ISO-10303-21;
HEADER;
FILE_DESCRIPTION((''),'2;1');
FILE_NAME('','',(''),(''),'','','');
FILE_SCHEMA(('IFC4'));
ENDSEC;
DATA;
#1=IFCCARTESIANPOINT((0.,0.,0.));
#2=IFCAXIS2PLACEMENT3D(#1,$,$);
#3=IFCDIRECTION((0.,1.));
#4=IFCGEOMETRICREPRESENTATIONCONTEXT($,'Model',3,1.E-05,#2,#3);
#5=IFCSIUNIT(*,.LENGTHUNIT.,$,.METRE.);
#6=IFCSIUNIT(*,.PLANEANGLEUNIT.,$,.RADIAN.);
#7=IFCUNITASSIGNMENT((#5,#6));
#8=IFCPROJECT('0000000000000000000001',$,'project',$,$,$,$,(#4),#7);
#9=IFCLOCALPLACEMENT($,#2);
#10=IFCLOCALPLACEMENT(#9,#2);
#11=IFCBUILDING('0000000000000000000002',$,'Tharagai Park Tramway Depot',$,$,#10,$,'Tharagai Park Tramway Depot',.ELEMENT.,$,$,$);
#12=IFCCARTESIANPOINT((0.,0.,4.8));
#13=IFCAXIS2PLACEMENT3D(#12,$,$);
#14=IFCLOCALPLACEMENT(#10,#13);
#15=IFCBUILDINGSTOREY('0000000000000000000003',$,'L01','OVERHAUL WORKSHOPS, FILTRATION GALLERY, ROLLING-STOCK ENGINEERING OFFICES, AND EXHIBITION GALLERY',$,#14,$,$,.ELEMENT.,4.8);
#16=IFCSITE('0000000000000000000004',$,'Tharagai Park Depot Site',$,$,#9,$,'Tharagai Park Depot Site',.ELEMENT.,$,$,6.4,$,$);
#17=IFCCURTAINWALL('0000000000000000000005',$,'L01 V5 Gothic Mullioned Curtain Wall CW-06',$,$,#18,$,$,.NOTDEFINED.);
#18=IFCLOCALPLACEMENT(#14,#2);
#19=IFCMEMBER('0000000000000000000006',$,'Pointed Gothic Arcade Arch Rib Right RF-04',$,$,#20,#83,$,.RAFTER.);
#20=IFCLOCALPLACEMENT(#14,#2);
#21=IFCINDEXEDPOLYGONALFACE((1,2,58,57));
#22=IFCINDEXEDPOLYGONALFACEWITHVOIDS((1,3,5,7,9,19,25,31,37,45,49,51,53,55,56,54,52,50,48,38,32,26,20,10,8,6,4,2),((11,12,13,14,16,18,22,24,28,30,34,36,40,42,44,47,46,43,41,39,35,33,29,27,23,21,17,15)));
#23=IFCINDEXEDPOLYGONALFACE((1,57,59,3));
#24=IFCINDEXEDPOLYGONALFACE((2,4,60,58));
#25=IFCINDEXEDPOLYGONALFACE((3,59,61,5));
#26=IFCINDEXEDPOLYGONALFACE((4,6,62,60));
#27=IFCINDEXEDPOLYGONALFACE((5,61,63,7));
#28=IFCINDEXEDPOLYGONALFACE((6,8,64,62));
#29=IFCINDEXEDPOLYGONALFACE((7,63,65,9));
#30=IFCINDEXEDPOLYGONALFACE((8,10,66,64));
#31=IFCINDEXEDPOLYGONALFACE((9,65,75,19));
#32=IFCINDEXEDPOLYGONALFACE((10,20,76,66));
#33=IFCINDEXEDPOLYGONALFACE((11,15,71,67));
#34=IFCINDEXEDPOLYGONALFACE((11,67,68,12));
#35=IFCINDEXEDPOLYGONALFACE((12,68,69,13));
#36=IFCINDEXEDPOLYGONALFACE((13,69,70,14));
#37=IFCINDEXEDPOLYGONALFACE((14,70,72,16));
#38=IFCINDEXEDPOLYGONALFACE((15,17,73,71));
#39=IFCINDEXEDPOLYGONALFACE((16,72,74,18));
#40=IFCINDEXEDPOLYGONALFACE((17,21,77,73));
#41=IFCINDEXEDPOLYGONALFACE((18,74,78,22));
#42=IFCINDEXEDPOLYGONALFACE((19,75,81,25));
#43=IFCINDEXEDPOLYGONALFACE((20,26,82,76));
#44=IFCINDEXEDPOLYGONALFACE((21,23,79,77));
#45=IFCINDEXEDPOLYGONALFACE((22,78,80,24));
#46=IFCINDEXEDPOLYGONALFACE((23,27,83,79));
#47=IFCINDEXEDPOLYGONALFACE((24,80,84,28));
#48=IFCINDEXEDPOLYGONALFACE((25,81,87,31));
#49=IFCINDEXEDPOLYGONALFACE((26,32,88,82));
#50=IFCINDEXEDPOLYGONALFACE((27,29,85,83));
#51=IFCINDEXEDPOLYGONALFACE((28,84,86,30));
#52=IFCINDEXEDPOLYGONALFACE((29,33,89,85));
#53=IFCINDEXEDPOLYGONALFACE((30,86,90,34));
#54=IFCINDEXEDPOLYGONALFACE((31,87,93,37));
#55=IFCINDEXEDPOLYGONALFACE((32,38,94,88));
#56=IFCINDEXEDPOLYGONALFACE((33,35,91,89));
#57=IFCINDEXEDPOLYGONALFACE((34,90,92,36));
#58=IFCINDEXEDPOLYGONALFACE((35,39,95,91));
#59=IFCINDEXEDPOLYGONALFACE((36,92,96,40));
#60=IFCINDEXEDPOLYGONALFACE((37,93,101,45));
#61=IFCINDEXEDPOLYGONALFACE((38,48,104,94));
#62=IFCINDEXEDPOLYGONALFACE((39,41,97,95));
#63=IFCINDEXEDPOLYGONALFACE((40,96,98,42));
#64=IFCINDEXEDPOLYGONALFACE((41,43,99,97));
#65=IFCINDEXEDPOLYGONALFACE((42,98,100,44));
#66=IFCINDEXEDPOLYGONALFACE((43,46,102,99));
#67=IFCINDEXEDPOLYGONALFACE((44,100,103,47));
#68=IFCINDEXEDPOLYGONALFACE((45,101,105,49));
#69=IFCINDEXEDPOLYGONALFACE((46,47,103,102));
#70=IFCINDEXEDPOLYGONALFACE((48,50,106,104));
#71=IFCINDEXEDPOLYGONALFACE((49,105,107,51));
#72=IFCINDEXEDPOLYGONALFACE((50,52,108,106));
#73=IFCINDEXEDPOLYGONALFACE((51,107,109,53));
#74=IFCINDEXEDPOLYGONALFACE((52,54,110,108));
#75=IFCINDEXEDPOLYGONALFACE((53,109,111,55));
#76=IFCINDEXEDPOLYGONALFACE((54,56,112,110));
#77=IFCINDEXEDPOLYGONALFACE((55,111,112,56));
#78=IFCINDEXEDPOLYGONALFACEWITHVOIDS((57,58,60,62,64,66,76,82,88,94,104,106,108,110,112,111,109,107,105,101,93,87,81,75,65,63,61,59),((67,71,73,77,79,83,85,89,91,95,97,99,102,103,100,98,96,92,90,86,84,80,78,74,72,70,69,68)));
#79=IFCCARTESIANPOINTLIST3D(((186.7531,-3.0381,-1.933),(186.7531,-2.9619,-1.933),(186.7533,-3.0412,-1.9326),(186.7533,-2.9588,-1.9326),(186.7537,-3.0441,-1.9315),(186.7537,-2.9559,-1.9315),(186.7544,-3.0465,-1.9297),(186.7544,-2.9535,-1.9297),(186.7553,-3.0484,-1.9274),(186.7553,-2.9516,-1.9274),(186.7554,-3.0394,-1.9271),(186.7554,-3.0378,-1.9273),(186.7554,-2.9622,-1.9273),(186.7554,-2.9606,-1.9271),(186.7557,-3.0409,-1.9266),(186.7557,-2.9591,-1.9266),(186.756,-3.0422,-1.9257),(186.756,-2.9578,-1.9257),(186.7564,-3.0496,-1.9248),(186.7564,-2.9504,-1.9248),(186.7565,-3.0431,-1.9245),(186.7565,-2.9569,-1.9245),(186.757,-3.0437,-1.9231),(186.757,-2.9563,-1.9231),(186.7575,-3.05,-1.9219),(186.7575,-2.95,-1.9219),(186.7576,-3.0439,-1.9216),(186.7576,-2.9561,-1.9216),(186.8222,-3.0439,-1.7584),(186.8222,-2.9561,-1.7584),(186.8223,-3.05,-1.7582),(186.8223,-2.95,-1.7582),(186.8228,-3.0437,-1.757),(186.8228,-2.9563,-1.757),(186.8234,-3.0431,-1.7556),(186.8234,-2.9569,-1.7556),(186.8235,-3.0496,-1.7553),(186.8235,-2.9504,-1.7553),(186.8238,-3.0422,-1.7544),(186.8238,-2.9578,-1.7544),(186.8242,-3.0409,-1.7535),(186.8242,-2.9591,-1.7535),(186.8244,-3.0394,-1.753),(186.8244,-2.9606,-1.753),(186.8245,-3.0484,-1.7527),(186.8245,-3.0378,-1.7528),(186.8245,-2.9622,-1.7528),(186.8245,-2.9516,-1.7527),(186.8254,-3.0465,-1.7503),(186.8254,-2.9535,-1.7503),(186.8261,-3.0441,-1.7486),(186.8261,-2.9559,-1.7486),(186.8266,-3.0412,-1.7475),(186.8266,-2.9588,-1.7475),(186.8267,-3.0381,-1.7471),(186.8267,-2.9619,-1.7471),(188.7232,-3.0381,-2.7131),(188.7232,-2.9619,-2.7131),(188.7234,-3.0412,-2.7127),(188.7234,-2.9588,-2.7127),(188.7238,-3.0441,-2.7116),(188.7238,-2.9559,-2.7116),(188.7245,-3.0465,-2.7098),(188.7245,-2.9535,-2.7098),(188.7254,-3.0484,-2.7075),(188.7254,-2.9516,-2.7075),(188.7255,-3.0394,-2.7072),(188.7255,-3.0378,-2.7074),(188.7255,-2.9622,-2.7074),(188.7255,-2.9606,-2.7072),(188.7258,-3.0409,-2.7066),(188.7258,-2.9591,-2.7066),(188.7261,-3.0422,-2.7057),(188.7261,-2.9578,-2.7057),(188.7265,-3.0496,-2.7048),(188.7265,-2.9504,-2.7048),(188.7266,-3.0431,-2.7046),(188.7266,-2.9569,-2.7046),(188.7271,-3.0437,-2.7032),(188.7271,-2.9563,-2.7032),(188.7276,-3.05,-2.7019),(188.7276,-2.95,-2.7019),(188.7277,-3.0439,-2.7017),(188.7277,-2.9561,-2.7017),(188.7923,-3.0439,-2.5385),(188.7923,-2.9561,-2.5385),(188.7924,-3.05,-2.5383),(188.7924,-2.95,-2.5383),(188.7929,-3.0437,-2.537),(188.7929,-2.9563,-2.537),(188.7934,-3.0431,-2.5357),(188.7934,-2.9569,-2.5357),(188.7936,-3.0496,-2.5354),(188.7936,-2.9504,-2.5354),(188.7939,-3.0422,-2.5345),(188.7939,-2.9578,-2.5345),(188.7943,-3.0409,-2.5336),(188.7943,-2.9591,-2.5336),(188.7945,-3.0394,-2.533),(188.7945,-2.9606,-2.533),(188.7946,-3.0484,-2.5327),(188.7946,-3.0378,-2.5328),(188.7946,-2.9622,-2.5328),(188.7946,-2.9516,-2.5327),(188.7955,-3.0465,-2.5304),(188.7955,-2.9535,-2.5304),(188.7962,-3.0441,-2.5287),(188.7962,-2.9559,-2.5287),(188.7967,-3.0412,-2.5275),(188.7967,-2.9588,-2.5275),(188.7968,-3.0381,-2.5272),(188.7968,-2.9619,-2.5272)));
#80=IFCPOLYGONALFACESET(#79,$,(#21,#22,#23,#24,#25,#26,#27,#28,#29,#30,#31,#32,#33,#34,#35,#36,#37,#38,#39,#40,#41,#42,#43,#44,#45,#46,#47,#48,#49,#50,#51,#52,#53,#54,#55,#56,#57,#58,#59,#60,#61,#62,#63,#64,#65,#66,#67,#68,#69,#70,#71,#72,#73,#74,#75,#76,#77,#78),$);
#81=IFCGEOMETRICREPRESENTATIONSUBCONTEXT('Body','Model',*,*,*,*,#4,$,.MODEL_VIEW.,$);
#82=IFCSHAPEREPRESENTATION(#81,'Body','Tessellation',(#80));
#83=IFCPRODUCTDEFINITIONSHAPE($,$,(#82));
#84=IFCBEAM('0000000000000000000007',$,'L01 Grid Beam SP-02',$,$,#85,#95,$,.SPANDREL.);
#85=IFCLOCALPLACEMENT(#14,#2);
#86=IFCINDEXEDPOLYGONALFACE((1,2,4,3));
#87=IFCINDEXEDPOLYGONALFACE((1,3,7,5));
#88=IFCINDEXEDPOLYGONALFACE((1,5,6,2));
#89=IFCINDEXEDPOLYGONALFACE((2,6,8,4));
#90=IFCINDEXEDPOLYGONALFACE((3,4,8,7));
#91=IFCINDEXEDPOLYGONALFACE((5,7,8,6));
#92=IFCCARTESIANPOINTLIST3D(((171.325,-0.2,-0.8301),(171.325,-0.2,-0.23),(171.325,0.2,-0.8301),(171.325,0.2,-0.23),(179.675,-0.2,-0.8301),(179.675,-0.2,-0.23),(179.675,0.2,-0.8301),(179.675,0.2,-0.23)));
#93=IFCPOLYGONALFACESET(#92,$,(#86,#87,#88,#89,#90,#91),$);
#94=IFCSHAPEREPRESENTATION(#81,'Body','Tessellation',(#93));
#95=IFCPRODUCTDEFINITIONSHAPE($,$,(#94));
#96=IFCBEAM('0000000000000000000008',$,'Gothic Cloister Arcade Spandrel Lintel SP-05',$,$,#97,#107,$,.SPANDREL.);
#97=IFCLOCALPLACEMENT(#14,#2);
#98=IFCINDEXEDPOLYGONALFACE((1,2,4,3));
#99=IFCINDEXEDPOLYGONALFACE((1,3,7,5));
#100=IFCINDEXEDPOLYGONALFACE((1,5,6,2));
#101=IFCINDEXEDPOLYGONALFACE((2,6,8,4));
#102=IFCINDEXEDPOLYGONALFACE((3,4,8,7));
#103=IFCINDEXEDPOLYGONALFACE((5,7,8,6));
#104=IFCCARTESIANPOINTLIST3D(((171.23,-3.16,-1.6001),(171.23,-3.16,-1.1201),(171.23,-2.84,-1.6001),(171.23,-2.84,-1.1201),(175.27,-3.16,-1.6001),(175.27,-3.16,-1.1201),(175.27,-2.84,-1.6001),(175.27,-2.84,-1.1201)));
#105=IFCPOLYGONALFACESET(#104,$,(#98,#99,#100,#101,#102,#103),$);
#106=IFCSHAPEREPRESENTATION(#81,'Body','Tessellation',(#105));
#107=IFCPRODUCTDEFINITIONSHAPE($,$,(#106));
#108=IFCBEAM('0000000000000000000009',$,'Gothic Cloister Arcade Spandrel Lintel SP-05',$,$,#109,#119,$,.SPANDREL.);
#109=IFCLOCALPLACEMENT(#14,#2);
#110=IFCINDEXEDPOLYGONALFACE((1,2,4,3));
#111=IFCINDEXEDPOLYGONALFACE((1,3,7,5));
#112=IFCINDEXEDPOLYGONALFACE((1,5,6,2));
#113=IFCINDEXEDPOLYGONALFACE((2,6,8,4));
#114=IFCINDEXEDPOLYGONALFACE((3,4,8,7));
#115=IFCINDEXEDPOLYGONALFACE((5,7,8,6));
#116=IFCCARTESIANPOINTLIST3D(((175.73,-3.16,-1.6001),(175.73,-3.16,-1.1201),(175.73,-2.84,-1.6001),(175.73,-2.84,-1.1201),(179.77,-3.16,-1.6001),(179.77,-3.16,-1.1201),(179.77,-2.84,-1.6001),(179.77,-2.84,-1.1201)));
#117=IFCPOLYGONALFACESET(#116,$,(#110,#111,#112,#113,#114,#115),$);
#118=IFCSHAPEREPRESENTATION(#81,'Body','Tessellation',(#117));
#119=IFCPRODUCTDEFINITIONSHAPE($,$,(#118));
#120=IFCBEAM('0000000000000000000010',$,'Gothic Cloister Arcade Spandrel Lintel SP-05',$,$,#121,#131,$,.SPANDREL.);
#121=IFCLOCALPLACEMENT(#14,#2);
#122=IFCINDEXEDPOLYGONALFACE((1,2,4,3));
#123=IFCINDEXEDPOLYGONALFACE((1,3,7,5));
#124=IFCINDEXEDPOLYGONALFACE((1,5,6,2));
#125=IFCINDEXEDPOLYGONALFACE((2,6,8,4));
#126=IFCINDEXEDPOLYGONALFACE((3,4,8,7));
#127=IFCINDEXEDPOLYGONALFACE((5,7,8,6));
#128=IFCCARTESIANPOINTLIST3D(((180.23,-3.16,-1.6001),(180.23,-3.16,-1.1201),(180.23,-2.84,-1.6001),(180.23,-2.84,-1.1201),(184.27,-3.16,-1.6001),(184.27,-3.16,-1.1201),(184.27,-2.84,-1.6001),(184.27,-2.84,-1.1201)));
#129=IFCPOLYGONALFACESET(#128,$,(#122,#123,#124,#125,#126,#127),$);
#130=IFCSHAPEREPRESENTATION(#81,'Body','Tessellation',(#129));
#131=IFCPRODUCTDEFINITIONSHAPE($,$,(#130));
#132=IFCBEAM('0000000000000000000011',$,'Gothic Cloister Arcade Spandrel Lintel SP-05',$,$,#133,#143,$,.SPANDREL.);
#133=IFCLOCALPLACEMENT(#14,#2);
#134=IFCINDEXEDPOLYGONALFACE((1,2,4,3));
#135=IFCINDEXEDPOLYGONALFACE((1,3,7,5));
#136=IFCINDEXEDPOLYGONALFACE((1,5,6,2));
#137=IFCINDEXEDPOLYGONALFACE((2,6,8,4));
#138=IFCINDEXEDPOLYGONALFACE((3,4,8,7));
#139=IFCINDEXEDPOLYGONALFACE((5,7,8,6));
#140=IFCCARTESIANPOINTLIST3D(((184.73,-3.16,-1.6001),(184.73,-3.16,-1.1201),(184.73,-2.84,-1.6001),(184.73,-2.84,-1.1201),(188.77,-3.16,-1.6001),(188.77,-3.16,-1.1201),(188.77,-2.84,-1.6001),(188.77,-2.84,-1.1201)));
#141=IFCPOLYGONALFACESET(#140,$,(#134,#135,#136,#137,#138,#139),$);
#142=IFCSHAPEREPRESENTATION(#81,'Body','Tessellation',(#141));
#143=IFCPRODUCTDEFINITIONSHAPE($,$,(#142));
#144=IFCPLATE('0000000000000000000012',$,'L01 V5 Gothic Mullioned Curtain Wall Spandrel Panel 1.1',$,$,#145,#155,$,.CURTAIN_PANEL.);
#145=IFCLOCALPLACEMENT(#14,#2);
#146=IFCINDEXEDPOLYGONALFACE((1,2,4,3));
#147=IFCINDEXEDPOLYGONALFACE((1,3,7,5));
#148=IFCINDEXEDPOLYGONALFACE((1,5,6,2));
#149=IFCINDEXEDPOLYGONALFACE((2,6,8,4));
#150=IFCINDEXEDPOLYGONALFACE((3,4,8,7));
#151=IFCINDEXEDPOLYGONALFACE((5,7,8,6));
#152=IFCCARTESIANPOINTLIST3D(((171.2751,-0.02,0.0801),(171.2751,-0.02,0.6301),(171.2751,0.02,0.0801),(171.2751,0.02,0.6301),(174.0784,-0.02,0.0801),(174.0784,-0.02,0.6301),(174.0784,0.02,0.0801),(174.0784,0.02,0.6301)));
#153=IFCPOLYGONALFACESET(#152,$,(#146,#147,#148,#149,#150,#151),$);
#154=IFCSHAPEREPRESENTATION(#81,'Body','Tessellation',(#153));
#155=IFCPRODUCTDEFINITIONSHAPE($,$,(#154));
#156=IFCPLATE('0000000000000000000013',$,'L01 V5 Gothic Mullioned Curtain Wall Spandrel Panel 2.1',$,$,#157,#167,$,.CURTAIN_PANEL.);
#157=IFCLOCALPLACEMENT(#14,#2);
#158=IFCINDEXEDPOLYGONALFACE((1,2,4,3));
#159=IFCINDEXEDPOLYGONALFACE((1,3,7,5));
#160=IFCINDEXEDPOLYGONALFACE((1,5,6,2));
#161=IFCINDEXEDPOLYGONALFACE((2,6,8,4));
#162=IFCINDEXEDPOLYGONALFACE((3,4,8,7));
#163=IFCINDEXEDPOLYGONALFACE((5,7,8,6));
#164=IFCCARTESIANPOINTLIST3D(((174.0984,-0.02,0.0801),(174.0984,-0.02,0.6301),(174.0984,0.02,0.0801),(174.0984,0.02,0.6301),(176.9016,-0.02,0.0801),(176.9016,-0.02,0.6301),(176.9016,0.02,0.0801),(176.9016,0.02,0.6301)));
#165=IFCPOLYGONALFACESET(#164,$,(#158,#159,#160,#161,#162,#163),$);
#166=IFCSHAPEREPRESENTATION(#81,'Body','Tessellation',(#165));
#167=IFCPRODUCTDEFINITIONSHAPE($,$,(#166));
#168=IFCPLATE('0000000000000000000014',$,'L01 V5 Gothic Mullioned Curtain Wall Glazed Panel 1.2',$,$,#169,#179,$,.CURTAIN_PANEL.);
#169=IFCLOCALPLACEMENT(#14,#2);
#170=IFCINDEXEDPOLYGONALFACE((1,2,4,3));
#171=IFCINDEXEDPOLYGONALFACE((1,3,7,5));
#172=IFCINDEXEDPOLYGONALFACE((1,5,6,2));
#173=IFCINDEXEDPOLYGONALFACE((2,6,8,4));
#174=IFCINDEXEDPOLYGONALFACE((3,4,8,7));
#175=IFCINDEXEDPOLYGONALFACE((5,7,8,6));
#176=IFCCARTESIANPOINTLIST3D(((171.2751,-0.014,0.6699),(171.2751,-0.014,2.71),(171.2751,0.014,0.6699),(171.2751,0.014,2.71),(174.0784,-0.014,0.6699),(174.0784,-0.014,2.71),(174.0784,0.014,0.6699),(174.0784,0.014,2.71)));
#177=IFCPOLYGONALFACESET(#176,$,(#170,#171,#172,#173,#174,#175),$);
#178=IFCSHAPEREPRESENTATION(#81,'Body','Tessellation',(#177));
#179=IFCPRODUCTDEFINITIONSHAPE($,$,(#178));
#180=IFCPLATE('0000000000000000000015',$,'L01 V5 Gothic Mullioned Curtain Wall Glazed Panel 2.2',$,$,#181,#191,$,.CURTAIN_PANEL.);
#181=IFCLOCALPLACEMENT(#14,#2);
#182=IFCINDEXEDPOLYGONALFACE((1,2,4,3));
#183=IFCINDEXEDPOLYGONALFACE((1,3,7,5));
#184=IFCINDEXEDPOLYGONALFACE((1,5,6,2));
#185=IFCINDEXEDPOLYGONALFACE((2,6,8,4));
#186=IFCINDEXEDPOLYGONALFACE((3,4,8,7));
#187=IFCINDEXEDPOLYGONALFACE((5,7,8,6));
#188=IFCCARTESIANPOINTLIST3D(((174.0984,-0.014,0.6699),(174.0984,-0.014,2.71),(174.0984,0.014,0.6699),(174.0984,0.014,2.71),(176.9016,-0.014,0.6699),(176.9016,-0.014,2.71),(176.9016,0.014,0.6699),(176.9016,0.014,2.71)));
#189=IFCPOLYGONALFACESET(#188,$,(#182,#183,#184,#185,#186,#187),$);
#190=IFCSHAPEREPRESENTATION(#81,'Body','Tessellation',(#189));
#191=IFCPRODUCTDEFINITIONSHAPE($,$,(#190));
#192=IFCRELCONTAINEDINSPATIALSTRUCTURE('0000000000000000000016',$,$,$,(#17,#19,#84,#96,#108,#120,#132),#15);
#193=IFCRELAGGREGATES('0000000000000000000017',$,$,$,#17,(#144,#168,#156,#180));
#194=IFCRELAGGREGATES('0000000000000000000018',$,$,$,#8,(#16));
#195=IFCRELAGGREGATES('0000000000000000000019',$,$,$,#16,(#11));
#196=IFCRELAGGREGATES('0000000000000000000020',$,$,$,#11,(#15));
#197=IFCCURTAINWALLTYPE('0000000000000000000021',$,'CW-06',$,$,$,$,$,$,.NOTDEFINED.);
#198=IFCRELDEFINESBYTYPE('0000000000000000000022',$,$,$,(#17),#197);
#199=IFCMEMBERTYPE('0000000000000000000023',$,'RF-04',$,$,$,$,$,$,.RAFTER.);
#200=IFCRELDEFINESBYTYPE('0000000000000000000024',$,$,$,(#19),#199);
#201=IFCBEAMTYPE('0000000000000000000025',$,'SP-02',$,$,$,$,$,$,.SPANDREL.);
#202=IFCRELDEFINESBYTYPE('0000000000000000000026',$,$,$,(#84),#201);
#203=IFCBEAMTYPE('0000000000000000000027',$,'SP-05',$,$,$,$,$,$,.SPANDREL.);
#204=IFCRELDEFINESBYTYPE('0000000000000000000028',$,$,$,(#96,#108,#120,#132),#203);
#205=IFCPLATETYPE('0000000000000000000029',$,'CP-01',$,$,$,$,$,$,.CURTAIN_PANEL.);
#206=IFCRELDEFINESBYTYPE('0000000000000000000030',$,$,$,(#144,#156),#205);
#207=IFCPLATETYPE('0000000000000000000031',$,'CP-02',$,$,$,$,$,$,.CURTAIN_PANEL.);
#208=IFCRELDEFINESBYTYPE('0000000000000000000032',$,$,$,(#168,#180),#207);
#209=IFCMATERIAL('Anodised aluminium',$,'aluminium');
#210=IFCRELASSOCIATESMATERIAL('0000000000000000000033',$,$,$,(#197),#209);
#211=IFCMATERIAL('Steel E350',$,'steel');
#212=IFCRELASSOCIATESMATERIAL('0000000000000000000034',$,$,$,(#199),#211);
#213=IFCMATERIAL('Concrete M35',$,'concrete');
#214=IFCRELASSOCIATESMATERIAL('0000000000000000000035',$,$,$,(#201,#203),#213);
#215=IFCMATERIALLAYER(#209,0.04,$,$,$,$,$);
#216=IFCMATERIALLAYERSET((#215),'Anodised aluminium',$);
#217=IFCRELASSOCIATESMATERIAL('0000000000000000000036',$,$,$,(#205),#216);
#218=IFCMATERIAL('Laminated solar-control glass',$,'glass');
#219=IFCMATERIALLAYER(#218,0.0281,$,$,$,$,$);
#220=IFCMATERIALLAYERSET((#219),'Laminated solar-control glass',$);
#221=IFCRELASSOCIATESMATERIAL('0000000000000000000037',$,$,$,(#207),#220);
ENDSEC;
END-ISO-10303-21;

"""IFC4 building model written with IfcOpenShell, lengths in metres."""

from ifc_helpers import new_model, si_unit, direction, frame, origin, origin_2d, place, context, subcontext, project, spatial, rectangle, hollow_rectangle, extrude, material, layer, layer_set, material_profile, profile_set, type_object, element, aggregate, save


model = new_model("IFC4")

# Units and contexts
model_context = context("Model", 3, precision=1e-05, world=origin(), true_north=direction((0.0, 1.0)))
body_context = subcontext(model_context, "Body", "Model", "MODEL_VIEW")
ifc_project = project(units=[si_unit("LENGTHUNIT", "METRE"), si_unit("PLANEANGLEUNIT", "RADIAN")], contexts=[model_context])

# Site, building, storey
site_placement = place(None, origin())
site = spatial("IfcSite", under=ifc_project, at=site_placement, Name="Tharagai Park Depot Site", LongName="Tharagai Park Depot Site", CompositionType="ELEMENT", RefElevation=6.4)
building_placement = place(site_placement, origin())
building = spatial("IfcBuilding", under=site, at=building_placement, Name="Tharagai Park Tramway Depot", LongName="Tharagai Park Tramway Depot", CompositionType="ELEMENT")
storey_placement = place(building_placement, frame((0.0, 0.0, 4.8)))
storey = spatial("IfcBuildingStorey", under=building, at=storey_placement, Name="L01", Description="OVERHAUL WORKSHOPS, FILTRATION GALLERY, ROLLING-STOCK ENGINEERING OFFICES, AND EXHIBITION GALLERY", CompositionType="ELEMENT", Elevation=4.8)

# Shared definitions
ifc_material_1 = material(Name="Concrete M35", Category="concrete")

# Curtain wall
ifc_material_2 = material(Name="Anodised aluminium", Category="aluminium")
curtain_wall_type = type_object("IfcCurtainWallType", Name="CW-06", PredefinedType="NOTDEFINED", material=ifc_material_2)
curtain_wall_placement = place(storey_placement, origin())
curtain_wall = element("IfcCurtainWall", 1, at=curtain_wall_placement, inside=storey, type_object=curtain_wall_type, Name="L01 V5 Gothic Mullioned Curtain Wall CW-06", PredefinedType="NOTDEFINED")

# Member
ifc_material_3 = material(Name="Steel E350", Category="steel")
ifc_material_profile_1 = material_profile(ifc_material_3, hollow_rectangle(XDim=0.1001, YDim=0.2, WallThickness=0.0061, InnerFilletRadius=0.0061, OuterFilletRadius=0.012, at=origin_2d()), Name="RHS 200x100x6")
ifc_profile_set_1 = profile_set([ifc_material_profile_1], Name="Steel E350")
member_type_1 = type_object("IfcMemberType", Name="RF-04", PredefinedType="RAFTER", material=ifc_profile_set_1)
for number, where, z_axis, x_axis, name in (
    (2, (188.76, -3.0, -2.6201), (-0.929766, 0.0, 0.36815), (0.0, -1.0, 0.0), "Pointed Gothic Arcade Arch Rib Right RF-04"),
):
    element("IfcMember", number, at=place(storey_placement, frame(where, z_axis=z_axis, x_axis=x_axis)), inside=storey, type_object=member_type_1, Name=name, PredefinedType="RAFTER", context=body_context, shape_type="SweptSolid", body=[
        extrude(hollow_rectangle(XDim=0.1001, YDim=0.2, WallThickness=0.0061, InnerFilletRadius=0.0061, OuterFilletRadius=0.012, at=origin_2d()), origin(), (0.0, 0.0, 1.0), 2.1189),
    ])

# Beams
ifc_material_profile_2 = material_profile(ifc_material_1, rectangle(XDim=0.3999, YDim=0.6001, at=origin_2d()), Name="RC 400x600")
ifc_profile_set_2 = profile_set([ifc_material_profile_2], Name="Concrete M35")
beam_type_1 = type_object("IfcBeamType", Name="SP-02", PredefinedType="SPANDREL", material=ifc_profile_set_2)
beam_placement = place(storey_placement, frame((171.325, 0.0, -0.53), z_axis=(1.0, 0.0, 0.0), x_axis=(0.0, 1.0, 0.0)))
element("IfcBeam", 3, at=beam_placement, inside=storey, type_object=beam_type_1, Name="L01 Grid Beam SP-02", PredefinedType="SPANDREL", context=body_context, shape_type="SweptSolid", body=[
    extrude(rectangle(XDim=0.3999, YDim=0.6001, at=origin_2d()), origin(), (0.0, 0.0, 1.0), 8.3501),
])
ifc_material_profile_3 = material_profile(ifc_material_1, rectangle(XDim=0.3201, YDim=0.48, at=origin_2d()), Name="RC 320x480")
ifc_profile_set_3 = profile_set([ifc_material_profile_3], Name="Concrete M35")
beam_type_2 = type_object("IfcBeamType", Name="SP-05", PredefinedType="SPANDREL", material=ifc_profile_set_3)
for number, where, z_axis, x_axis, name in (
    (4, (171.23, -3.0, -1.3601), (1.0, 0.0, 0.0), (0.0, 1.0, 0.0), "Gothic Cloister Arcade Spandrel Lintel SP-05"),
    (5, (175.73, -3.0, -1.3601), (1.0, 0.0, 0.0), (0.0, 1.0, 0.0), "Gothic Cloister Arcade Spandrel Lintel SP-05"),
    (6, (180.23, -3.0, -1.3601), (1.0, 0.0, 0.0), (0.0, 1.0, 0.0), "Gothic Cloister Arcade Spandrel Lintel SP-05"),
    (7, (184.73, -3.0, -1.3601), (1.0, 0.0, 0.0), (0.0, 1.0, 0.0), "Gothic Cloister Arcade Spandrel Lintel SP-05"),
):
    element("IfcBeam", number, at=place(storey_placement, frame(where, z_axis=z_axis, x_axis=x_axis)), inside=storey, type_object=beam_type_2, Name=name, PredefinedType="SPANDREL", context=body_context, shape_type="SweptSolid", body=[
        extrude(rectangle(XDim=0.3201, YDim=0.48, at=origin_2d()), origin(), (0.0, 0.0, 1.0), 4.04),
    ])

# Plates
ifc_layer_1 = layer(ifc_material_2, 0.04)
ifc_layer_set_1 = layer_set([ifc_layer_1], Name="Anodised aluminium")
plate_type_1 = type_object("IfcPlateType", Name="CP-01", PredefinedType="CURTAIN_PANEL", material=ifc_layer_set_1)
plate_1_placement = place(storey_placement, frame((172.6768, 0.0, 0.0801), z_axis=(0.0, 0.0, 1.0), x_axis=(1.0, 0.0, 0.0)))
plate_1 = element("IfcPlate", 8, at=plate_1_placement, type_object=plate_type_1, Name="L01 V5 Gothic Mullioned Curtain Wall Spandrel Panel 1.1", PredefinedType="CURTAIN_PANEL", context=body_context, shape_type="SweptSolid", body=[
    extrude(rectangle(XDim=2.8032, YDim=0.04, at=origin_2d()), origin(), (0.0, 0.0, 1.0), 0.55),
])
plate_2_placement = place(storey_placement, frame((175.5, 0.0, 0.0801), z_axis=(0.0, 0.0, 1.0), x_axis=(1.0, 0.0, 0.0)))
plate_2 = element("IfcPlate", 9, at=plate_2_placement, type_object=plate_type_1, Name="L01 V5 Gothic Mullioned Curtain Wall Spandrel Panel 2.1", PredefinedType="CURTAIN_PANEL", context=body_context, shape_type="SweptSolid", body=[
    extrude(rectangle(XDim=2.8032, YDim=0.04, at=origin_2d()), origin(), (0.0, 0.0, 1.0), 0.55),
])
ifc_material_4 = material(Name="Laminated solar-control glass", Category="glass")
ifc_layer_2 = layer(ifc_material_4, 0.0281)
ifc_layer_set_2 = layer_set([ifc_layer_2], Name="Laminated solar-control glass")
plate_type_2 = type_object("IfcPlateType", Name="CP-02", PredefinedType="CURTAIN_PANEL", material=ifc_layer_set_2)
plate_3_placement = place(storey_placement, frame((172.6768, 0.0, 0.6699), z_axis=(0.0, 0.0, 1.0), x_axis=(1.0, 0.0, 0.0)))
plate_3 = element("IfcPlate", 10, at=plate_3_placement, type_object=plate_type_2, Name="L01 V5 Gothic Mullioned Curtain Wall Glazed Panel 1.2", PredefinedType="CURTAIN_PANEL", context=body_context, shape_type="SweptSolid", body=[
    extrude(rectangle(XDim=2.8032, YDim=0.0281, at=origin_2d()), origin(), (0.0, 0.0, 1.0), 2.04),
])
plate_4_placement = place(storey_placement, frame((175.5, 0.0, 0.6699), z_axis=(0.0, 0.0, 1.0), x_axis=(1.0, 0.0, 0.0)))
plate_4 = element("IfcPlate", 11, at=plate_4_placement, type_object=plate_type_2, Name="L01 V5 Gothic Mullioned Curtain Wall Glazed Panel 2.2", PredefinedType="CURTAIN_PANEL", context=body_context, shape_type="SweptSolid", body=[
    extrude(rectangle(XDim=2.8032, YDim=0.0281, at=origin_2d()), origin(), (0.0, 0.0, 1.0), 2.04),
])
aggregate(curtain_wall, [plate_1, plate_3, plate_2, plate_4])

save(model, "model.ifc")
